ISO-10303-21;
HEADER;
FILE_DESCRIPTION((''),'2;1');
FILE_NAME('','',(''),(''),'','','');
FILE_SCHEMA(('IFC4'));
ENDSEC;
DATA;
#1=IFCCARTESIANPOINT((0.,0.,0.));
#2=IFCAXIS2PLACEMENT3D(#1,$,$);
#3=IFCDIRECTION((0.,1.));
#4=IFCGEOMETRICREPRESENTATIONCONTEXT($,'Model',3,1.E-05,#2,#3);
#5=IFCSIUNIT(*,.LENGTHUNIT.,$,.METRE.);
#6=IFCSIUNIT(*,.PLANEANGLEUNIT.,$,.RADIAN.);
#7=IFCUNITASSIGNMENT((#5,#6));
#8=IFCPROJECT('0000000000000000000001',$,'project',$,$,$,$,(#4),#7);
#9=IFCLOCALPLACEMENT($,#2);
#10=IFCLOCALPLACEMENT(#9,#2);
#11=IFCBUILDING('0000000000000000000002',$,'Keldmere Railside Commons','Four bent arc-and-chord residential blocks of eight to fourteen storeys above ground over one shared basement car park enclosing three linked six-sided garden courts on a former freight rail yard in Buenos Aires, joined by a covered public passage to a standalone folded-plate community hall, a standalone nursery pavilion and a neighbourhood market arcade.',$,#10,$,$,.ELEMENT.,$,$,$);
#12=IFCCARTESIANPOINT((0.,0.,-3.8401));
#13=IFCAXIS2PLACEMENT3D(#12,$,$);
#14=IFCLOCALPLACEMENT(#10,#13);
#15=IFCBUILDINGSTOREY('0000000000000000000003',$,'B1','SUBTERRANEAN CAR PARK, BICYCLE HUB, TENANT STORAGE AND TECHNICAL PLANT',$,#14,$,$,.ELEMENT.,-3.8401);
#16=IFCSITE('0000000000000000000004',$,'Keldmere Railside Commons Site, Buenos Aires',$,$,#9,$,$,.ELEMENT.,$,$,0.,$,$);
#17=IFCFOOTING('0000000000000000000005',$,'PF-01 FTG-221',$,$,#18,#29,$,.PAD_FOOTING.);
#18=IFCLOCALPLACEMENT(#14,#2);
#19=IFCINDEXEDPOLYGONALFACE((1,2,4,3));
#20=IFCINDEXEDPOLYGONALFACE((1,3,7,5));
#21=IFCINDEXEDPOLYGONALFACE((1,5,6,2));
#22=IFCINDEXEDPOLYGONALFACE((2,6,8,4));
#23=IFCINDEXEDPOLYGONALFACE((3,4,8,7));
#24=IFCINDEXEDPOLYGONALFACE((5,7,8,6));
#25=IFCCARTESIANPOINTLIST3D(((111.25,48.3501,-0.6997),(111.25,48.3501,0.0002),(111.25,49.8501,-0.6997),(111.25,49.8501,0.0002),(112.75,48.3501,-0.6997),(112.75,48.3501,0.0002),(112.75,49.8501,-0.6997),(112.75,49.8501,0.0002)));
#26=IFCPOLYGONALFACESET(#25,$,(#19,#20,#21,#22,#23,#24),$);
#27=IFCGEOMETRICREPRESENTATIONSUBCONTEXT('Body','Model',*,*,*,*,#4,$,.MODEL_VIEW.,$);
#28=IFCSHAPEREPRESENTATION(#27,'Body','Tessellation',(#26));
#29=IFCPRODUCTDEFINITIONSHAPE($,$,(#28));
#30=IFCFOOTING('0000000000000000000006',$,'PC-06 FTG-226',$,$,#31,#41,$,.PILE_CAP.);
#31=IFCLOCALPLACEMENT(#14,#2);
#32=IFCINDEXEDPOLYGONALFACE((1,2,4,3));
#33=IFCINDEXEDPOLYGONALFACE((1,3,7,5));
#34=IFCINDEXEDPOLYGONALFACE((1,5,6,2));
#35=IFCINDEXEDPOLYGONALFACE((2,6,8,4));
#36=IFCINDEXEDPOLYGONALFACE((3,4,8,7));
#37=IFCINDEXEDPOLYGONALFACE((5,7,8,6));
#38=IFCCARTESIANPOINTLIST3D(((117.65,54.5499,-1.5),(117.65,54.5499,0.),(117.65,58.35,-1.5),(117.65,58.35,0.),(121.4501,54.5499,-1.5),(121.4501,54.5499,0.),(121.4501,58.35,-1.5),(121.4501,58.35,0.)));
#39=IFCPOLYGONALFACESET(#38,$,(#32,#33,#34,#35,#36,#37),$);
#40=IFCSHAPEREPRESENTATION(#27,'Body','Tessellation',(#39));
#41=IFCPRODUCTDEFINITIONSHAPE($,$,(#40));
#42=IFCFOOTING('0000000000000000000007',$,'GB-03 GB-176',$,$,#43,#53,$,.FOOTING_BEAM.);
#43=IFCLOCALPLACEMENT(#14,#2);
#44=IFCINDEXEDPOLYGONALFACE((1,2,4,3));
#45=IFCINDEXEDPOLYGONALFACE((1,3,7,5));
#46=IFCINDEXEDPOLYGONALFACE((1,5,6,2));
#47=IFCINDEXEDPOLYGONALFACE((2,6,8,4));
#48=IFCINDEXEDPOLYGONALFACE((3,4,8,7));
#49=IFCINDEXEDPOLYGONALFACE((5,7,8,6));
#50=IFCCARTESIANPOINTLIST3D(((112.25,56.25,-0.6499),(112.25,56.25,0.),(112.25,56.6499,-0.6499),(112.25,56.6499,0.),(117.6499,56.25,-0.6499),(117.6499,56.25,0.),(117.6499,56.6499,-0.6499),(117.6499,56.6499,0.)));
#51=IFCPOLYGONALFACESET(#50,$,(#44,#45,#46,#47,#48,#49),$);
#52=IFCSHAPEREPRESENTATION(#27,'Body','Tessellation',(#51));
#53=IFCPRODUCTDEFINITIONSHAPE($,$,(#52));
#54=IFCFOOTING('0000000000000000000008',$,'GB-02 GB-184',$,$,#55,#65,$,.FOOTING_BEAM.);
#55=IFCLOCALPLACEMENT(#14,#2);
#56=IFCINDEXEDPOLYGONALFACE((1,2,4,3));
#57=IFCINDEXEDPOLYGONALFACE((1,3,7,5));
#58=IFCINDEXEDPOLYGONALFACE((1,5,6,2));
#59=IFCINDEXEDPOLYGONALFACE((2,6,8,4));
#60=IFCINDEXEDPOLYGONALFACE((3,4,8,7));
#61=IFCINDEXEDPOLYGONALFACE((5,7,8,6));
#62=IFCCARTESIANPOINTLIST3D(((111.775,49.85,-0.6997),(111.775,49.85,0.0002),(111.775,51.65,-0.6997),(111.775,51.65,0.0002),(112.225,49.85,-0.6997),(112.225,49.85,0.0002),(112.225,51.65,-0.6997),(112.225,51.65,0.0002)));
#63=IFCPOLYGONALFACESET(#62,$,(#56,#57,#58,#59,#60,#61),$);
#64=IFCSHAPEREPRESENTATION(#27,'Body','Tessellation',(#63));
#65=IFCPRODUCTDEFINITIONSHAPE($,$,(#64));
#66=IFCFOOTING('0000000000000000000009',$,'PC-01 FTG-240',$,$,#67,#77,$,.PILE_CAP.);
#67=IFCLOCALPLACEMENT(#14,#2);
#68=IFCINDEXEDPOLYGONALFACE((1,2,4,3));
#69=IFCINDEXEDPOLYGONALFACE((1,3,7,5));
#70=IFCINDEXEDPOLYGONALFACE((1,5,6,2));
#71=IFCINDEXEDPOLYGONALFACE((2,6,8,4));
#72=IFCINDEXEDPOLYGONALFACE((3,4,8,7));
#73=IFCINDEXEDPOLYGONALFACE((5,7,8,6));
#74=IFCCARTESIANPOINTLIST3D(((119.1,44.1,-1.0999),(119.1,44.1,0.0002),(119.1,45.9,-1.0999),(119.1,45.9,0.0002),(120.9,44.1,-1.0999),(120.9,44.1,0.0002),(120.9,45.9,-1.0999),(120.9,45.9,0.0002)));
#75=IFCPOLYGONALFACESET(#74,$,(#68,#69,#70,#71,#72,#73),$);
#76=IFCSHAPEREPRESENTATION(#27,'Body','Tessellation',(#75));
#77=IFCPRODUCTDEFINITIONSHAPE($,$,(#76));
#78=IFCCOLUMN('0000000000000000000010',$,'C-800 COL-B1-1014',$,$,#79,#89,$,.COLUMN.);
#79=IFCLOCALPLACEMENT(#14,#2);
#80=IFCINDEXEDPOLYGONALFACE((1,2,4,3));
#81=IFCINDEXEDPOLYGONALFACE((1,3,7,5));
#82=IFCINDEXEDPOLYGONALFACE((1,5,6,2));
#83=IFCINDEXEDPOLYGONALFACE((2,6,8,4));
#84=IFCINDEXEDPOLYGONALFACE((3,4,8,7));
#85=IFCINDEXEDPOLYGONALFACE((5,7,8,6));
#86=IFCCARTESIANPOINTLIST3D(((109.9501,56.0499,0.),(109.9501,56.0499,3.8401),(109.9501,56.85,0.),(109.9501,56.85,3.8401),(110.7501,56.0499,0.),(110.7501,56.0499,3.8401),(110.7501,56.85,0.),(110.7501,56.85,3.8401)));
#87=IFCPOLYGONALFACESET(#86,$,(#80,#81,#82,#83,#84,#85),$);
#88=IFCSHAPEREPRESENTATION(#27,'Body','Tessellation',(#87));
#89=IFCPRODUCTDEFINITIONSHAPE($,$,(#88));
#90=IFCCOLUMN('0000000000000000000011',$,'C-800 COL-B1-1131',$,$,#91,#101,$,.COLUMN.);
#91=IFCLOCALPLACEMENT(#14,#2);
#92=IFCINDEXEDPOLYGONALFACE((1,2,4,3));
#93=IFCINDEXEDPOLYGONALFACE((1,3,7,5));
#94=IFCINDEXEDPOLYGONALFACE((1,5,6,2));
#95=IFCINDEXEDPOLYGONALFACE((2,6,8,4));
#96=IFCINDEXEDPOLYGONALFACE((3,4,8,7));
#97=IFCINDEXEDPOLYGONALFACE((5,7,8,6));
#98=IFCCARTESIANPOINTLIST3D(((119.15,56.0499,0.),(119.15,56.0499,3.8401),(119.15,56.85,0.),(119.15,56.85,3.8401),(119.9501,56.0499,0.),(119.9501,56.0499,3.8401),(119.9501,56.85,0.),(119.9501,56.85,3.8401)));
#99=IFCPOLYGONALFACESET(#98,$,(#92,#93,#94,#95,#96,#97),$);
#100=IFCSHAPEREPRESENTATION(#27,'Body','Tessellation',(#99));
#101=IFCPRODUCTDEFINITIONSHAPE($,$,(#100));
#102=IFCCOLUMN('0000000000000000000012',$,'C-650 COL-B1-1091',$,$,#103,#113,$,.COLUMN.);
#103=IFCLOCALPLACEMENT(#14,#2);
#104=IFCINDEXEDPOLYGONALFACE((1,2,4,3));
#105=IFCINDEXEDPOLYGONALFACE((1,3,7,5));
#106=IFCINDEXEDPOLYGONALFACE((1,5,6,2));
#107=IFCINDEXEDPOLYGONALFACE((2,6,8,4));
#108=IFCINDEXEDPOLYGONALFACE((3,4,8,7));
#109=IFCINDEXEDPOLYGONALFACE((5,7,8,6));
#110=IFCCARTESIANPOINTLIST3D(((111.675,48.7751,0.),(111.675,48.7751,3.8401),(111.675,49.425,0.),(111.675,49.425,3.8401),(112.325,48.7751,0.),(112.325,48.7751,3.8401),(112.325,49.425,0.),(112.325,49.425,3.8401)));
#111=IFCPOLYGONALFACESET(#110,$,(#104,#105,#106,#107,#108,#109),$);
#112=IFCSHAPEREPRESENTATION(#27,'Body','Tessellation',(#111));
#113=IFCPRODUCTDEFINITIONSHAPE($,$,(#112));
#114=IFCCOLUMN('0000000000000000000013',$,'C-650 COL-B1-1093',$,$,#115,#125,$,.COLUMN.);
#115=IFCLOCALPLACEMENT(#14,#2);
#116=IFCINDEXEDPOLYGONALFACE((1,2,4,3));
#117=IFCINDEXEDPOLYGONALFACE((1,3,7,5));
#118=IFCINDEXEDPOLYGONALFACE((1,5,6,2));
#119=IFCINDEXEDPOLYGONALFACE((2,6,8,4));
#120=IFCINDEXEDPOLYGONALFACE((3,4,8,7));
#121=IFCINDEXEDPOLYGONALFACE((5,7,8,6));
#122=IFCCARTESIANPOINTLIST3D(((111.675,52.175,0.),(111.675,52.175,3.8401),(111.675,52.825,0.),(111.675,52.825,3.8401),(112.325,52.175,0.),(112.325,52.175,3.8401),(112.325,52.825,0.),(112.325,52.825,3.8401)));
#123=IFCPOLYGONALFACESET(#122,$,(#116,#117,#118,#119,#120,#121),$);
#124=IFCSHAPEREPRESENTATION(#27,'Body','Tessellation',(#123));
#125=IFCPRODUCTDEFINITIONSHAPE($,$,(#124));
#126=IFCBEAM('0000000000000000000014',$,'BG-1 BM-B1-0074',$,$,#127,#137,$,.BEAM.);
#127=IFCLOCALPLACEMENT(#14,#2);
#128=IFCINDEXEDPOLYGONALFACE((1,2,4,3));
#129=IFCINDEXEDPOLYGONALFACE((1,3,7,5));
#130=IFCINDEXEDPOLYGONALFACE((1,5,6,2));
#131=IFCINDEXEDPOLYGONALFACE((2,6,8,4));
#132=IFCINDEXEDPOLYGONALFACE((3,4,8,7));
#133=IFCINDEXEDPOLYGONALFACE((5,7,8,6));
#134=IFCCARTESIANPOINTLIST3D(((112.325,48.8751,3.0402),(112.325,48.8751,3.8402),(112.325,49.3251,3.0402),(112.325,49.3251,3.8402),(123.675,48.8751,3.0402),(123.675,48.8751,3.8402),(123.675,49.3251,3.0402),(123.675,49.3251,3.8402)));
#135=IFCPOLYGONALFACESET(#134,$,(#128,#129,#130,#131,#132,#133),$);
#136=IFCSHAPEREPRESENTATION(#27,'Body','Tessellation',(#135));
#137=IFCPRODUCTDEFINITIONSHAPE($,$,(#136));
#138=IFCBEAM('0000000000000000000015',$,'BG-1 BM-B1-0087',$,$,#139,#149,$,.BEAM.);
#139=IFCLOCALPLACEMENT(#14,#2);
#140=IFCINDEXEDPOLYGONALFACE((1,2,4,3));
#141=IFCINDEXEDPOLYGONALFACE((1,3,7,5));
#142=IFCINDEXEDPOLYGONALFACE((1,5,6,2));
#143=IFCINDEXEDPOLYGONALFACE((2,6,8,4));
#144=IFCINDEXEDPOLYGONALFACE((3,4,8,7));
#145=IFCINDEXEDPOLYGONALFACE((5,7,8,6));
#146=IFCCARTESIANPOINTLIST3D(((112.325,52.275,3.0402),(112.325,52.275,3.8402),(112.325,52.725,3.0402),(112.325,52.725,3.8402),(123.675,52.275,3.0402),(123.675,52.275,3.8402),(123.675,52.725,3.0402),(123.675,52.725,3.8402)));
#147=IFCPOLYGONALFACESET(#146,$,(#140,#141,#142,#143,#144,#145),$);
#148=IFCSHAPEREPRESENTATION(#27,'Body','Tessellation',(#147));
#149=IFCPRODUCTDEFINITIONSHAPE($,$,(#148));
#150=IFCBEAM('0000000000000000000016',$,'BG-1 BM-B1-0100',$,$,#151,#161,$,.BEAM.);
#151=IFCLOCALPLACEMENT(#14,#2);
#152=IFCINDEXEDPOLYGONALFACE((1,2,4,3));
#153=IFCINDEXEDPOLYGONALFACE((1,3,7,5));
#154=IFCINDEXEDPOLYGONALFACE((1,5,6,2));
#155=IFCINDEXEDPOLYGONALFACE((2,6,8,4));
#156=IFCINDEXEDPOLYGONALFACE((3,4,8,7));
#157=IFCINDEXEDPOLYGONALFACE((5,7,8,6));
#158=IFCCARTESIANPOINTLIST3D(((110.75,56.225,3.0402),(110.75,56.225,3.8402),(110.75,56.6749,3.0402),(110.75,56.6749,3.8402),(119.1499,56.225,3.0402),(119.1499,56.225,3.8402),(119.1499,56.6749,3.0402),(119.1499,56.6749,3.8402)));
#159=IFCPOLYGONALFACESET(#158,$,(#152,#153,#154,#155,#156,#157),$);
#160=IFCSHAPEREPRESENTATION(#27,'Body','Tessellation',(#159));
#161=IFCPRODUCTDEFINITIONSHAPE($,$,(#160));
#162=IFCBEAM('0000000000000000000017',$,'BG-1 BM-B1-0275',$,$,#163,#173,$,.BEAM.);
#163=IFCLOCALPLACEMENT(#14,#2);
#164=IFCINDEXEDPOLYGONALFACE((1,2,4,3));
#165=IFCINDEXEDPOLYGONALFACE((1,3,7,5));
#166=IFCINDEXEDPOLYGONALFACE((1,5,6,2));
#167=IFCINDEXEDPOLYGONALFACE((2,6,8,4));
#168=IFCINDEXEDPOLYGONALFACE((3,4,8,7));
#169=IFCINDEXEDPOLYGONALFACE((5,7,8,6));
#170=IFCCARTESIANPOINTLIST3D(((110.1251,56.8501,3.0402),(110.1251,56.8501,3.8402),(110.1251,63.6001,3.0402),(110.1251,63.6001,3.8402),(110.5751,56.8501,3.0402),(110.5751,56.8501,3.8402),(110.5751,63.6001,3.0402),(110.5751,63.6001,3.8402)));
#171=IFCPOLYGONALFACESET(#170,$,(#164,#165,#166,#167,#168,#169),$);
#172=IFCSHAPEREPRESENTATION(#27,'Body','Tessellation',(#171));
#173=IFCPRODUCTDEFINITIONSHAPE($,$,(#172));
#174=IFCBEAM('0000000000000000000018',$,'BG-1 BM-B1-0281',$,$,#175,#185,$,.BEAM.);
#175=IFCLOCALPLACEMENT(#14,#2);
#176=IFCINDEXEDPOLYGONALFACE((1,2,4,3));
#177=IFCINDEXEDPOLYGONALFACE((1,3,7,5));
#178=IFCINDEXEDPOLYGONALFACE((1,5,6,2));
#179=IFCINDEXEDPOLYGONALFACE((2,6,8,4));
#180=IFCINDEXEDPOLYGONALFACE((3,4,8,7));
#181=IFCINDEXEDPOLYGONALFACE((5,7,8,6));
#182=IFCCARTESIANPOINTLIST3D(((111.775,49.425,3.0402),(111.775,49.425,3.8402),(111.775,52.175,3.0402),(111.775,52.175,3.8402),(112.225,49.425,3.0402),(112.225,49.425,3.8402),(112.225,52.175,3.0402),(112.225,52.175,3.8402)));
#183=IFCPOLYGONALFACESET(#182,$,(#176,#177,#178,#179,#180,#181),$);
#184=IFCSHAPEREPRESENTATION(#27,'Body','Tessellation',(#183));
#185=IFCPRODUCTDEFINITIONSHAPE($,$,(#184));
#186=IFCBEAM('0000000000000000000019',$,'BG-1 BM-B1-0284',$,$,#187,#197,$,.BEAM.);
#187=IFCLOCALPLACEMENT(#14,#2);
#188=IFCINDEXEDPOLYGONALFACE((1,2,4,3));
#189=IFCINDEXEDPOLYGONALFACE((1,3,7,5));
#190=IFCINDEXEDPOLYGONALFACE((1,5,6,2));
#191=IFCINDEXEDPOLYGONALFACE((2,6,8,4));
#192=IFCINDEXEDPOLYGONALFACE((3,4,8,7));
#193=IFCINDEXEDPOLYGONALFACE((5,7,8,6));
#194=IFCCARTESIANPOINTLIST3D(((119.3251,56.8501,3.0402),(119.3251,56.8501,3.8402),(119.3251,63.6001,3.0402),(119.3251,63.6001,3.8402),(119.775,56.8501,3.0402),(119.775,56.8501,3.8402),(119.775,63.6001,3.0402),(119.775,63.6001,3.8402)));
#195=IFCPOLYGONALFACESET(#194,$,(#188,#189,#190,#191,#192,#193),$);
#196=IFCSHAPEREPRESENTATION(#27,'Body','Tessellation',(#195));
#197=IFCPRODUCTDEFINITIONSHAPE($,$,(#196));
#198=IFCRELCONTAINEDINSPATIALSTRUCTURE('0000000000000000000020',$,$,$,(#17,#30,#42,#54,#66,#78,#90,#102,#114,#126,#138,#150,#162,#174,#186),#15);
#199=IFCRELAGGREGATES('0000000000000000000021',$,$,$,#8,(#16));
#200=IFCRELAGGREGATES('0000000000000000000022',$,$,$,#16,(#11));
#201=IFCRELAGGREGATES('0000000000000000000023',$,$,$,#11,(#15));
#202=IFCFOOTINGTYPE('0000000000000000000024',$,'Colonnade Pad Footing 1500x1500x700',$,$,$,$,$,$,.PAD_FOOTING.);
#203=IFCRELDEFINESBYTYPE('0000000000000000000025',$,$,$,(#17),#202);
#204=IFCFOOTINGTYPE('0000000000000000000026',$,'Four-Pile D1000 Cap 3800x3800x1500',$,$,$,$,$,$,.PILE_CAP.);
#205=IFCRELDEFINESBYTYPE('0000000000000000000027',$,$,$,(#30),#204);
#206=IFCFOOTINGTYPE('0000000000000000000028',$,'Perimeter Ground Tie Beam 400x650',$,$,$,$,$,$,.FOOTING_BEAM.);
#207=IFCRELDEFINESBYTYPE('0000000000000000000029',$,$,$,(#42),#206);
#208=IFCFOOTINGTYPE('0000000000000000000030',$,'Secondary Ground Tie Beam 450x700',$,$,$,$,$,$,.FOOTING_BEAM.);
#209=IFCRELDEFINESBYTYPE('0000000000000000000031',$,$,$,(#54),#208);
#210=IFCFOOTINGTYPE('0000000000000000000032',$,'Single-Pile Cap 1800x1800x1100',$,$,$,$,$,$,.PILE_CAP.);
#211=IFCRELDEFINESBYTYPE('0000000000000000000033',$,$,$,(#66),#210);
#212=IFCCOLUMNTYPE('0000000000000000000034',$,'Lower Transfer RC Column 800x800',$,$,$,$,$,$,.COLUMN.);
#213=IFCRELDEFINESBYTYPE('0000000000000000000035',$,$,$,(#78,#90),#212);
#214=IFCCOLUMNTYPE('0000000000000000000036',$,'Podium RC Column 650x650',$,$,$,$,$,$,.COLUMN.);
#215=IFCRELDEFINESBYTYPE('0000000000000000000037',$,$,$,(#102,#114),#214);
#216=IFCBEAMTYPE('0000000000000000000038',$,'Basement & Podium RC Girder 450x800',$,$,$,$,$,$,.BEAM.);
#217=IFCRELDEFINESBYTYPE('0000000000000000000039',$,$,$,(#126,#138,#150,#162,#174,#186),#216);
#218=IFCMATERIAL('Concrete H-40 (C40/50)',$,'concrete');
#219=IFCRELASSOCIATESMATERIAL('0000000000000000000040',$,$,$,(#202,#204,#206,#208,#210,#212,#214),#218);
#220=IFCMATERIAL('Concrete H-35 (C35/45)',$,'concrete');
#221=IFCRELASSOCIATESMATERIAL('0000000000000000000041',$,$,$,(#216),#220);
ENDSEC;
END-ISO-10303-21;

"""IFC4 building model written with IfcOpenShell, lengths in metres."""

from ifc_helpers import new_model, si_unit, direction, frame, origin, origin_2d, place, context, subcontext, project, spatial, rectangle, extrude, material, material_profile, profile_set, type_object, element, save


model = new_model("IFC4")

# Units and contexts
model_context = context("Model", 3, precision=1e-05, world=origin(), true_north=direction((0.0, 1.0)))
body_context = subcontext(model_context, "Body", "Model", "MODEL_VIEW")
ifc_project = project(units=[si_unit("LENGTHUNIT", "METRE"), si_unit("PLANEANGLEUNIT", "RADIAN")], contexts=[model_context])

# Site, building, storey
site_placement = place(None, origin())
site = spatial("IfcSite", under=ifc_project, at=site_placement, Name="Keldmere Railside Commons Site, Buenos Aires", CompositionType="ELEMENT", RefElevation=0.0)
building_placement = place(site_placement, origin())
building = spatial("IfcBuilding", under=site, at=building_placement, Name="Keldmere Railside Commons", Description="Four bent arc-and-chord residential blocks of eight to fourteen storeys above ground over one shared basement car park enclosing three linked six-sided garden courts on a former freight rail yard in Buenos Aires, joined by a covered public passage to a standalone folded-plate community hall, a standalone nursery pavilion and a neighbourhood market arcade.", CompositionType="ELEMENT")
storey_placement = place(building_placement, frame((0.0, 0.0, -3.8401)))
storey = spatial("IfcBuildingStorey", under=building, at=storey_placement, Name="B1", Description="SUBTERRANEAN CAR PARK, BICYCLE HUB, TENANT STORAGE AND TECHNICAL PLANT", CompositionType="ELEMENT", Elevation=-3.8401)

# Footings
ifc_material_1 = material(Name="Concrete H-40 (C40/50)", Category="concrete")
footing_type_1 = type_object("IfcFootingType", Name="Colonnade Pad Footing 1500x1500x700", PredefinedType="PAD_FOOTING", material=ifc_material_1)
footing_1_placement = place(storey_placement, frame((112.0, 49.1001, -0.6997), z_axis=(0.0, 0.0, 1.0), x_axis=(1.0, 0.0, 0.0)))
element("IfcFooting", 1, at=footing_1_placement, inside=storey, type_object=footing_type_1, Name="PF-01 FTG-221", PredefinedType="PAD_FOOTING", context=body_context, shape_type="SweptSolid", body=[
    extrude(rectangle(XDim=1.5, YDim=1.5, at=origin_2d()), origin(), (0.0, 0.0, 1.0), 0.7),
])
footing_type_2 = type_object("IfcFootingType", Name="Four-Pile D1000 Cap 3800x3800x1500", PredefinedType="PILE_CAP", material=ifc_material_1)
footing_2_placement = place(storey_placement, frame((119.55, 56.45, -1.5), z_axis=(0.0, 0.0, 1.0), x_axis=(1.0, 0.0, 0.0)))
element("IfcFooting", 2, at=footing_2_placement, inside=storey, type_object=footing_type_2, Name="PC-06 FTG-226", PredefinedType="PILE_CAP", context=body_context, shape_type="SweptSolid", body=[
    extrude(rectangle(XDim=3.8, YDim=3.8, at=origin_2d()), origin(), (0.0, 0.0, 1.0), 1.5),
])
footing_type_3 = type_object("IfcFootingType", Name="Perimeter Ground Tie Beam 400x650", PredefinedType="FOOTING_BEAM", material=ifc_material_1)
footing_3_placement = place(storey_placement, frame((114.95, 56.45, -0.6499), z_axis=(0.0, 0.0, 1.0), x_axis=(1.0, 0.0, 0.0)))
element("IfcFooting", 3, at=footing_3_placement, inside=storey, type_object=footing_type_3, Name="GB-03 GB-176", PredefinedType="FOOTING_BEAM", context=body_context, shape_type="SweptSolid", body=[
    extrude(rectangle(XDim=5.3999, YDim=0.3999, at=origin_2d()), origin(), (0.0, 0.0, 1.0), 0.6499),
])
footing_type_4 = type_object("IfcFootingType", Name="Secondary Ground Tie Beam 450x700", PredefinedType="FOOTING_BEAM", material=ifc_material_1)
footing_4_placement = place(storey_placement, frame((112.0, 50.75, -0.6997), z_axis=(0.0, 0.0, 1.0), x_axis=(0.0, 1.0, 0.0)))
element("IfcFooting", 4, at=footing_4_placement, inside=storey, type_object=footing_type_4, Name="GB-02 GB-184", PredefinedType="FOOTING_BEAM", context=body_context, shape_type="SweptSolid", body=[
    extrude(rectangle(XDim=1.8, YDim=0.45, at=origin_2d()), origin(), (0.0, 0.0, 1.0), 0.7),
])
footing_type_5 = type_object("IfcFootingType", Name="Single-Pile Cap 1800x1800x1100", PredefinedType="PILE_CAP", material=ifc_material_1)
footing_5_placement = place(storey_placement, frame((120.0, 45.0, -1.0999), z_axis=(0.0, 0.0, 1.0), x_axis=(1.0, 0.0, 0.0)))
element("IfcFooting", 5, at=footing_5_placement, inside=storey, type_object=footing_type_5, Name="PC-01 FTG-240", PredefinedType="PILE_CAP", context=body_context, shape_type="SweptSolid", body=[
    extrude(rectangle(XDim=1.8, YDim=1.8, at=origin_2d()), origin(), (0.0, 0.0, 1.0), 1.1001),
])

# Columns
ifc_material_profile_1 = material_profile(ifc_material_1, rectangle(XDim=0.8, YDim=0.8, at=origin_2d()), Name="RC-800x800")
ifc_profile_set_1 = profile_set([ifc_material_profile_1], Name="Concrete H-40 (C40/50)")
column_type_1 = type_object("IfcColumnType", Name="Lower Transfer RC Column 800x800", PredefinedType="COLUMN", material=ifc_profile_set_1)
for number, where, z_axis, x_axis, name in (
    (6, (110.3501, 56.45, 0.0), (0.0, 0.0, 1.0), (1.0, 0.0, 0.0), "C-800 COL-B1-1014"),
    (7, (119.55, 56.45, 0.0), (0.0, 0.0, 1.0), (1.0, 0.0, 0.0), "C-800 COL-B1-1131"),
):
    element("IfcColumn", number, at=place(storey_placement, frame(where, z_axis=z_axis, x_axis=x_axis)), inside=storey, type_object=column_type_1, Name=name, PredefinedType="COLUMN", context=body_context, shape_type="SweptSolid", body=[
        extrude(rectangle(XDim=0.8, YDim=0.8, at=origin_2d()), origin(), (0.0, 0.0, 1.0), 3.8401),
    ])
ifc_material_profile_2 = material_profile(ifc_material_1, rectangle(XDim=0.6499, YDim=0.6499, at=origin_2d()), Name="RC-650x650")
ifc_profile_set_2 = profile_set([ifc_material_profile_2], Name="Concrete H-40 (C40/50)")
column_type_2 = type_object("IfcColumnType", Name="Podium RC Column 650x650", PredefinedType="COLUMN", material=ifc_profile_set_2)
for number, where, z_axis, x_axis, name in (
    (8, (112.0, 49.1001, 0.0), (0.0, 0.0, 1.0), (1.0, 0.0, 0.0), "C-650 COL-B1-1091"),
    (9, (112.0, 52.5, 0.0), (0.0, 0.0, 1.0), (1.0, 0.0, 0.0), "C-650 COL-B1-1093"),
):
    element("IfcColumn", number, at=place(storey_placement, frame(where, z_axis=z_axis, x_axis=x_axis)), inside=storey, type_object=column_type_2, Name=name, PredefinedType="COLUMN", context=body_context, shape_type="SweptSolid", body=[
        extrude(rectangle(XDim=0.6499, YDim=0.6499, at=origin_2d()), origin(), (0.0, 0.0, 1.0), 3.8401),
    ])

# Beams
ifc_material_2 = material(Name="Concrete H-35 (C35/45)", Category="concrete")
ifc_material_profile_3 = material_profile(ifc_material_2, rectangle(XDim=0.45, YDim=0.8, at=origin_2d()), Name="RC-450x800")
ifc_profile_set_3 = profile_set([ifc_material_profile_3], Name="Concrete H-35 (C35/45)")
beam_type_1 = type_object("IfcBeamType", Name="Basement & Podium RC Girder 450x800", PredefinedType="BEAM", material=ifc_profile_set_3)
for number, where, z_axis, x_axis, name in (
    (10, (112.325, 49.1001, 3.4402), (1.0, 0.0, 0.0), (0.0, 1.0, 0.0), "BG-1 BM-B1-0074"),
    (11, (112.325, 52.5, 3.4402), (1.0, 0.0, 0.0), (0.0, 1.0, 0.0), "BG-1 BM-B1-0087"),
):
    element("IfcBeam", number, at=place(storey_placement, frame(where, z_axis=z_axis, x_axis=x_axis)), inside=storey, type_object=beam_type_1, Name=name, PredefinedType="BEAM", context=body_context, shape_type="SweptSolid", body=[
        extrude(rectangle(XDim=0.45, YDim=0.8, at=origin_2d()), origin(), (0.0, 0.0, 1.0), 11.3501),
    ])
beam_1_placement = place(storey_placement, frame((110.75, 56.45, 3.4402), z_axis=(1.0, 0.0, 0.0), x_axis=(0.0, 1.0, 0.0)))
element("IfcBeam", 12, at=beam_1_placement, inside=storey, type_object=beam_type_1, Name="BG-1 BM-B1-0100", PredefinedType="BEAM", context=body_context, shape_type="SweptSolid", body=[
    extrude(rectangle(XDim=0.45, YDim=0.8, at=origin_2d()), origin(), (0.0, 0.0, 1.0), 8.3999),
])
beam_2_placement = place(storey_placement, frame((110.3501, 56.8501, 3.4402), z_axis=(0.0, 1.0, 0.0), x_axis=(-1.0, 0.0, 0.0)))
element("IfcBeam", 13, at=beam_2_placement, inside=storey, type_object=beam_type_1, Name="BG-1 BM-B1-0275", PredefinedType="BEAM", context=body_context, shape_type="SweptSolid", body=[
    extrude(rectangle(XDim=0.45, YDim=0.8, at=origin_2d()), origin(), (0.0, 0.0, 1.0), 6.75),
])
beam_3_placement = place(storey_placement, frame((112.0, 49.425, 3.4402), z_axis=(0.0, 1.0, 0.0), x_axis=(-1.0, 0.0, 0.0)))
element("IfcBeam", 14, at=beam_3_placement, inside=storey, type_object=beam_type_1, Name="BG-1 BM-B1-0281", PredefinedType="BEAM", context=body_context, shape_type="SweptSolid", body=[
    extrude(rectangle(XDim=0.45, YDim=0.8, at=origin_2d()), origin(), (0.0, 0.0, 1.0), 2.75),
])
beam_4_placement = place(storey_placement, frame((119.55, 56.8501, 3.4402), z_axis=(0.0, 1.0, 0.0), x_axis=(-1.0, 0.0, 0.0)))
element("IfcBeam", 15, at=beam_4_placement, inside=storey, type_object=beam_type_1, Name="BG-1 BM-B1-0284", PredefinedType="BEAM", context=body_context, shape_type="SweptSolid", body=[
    extrude(rectangle(XDim=0.45, YDim=0.8, at=origin_2d()), origin(), (0.0, 0.0, 1.0), 6.75),
])

save(model, "model.ifc")
